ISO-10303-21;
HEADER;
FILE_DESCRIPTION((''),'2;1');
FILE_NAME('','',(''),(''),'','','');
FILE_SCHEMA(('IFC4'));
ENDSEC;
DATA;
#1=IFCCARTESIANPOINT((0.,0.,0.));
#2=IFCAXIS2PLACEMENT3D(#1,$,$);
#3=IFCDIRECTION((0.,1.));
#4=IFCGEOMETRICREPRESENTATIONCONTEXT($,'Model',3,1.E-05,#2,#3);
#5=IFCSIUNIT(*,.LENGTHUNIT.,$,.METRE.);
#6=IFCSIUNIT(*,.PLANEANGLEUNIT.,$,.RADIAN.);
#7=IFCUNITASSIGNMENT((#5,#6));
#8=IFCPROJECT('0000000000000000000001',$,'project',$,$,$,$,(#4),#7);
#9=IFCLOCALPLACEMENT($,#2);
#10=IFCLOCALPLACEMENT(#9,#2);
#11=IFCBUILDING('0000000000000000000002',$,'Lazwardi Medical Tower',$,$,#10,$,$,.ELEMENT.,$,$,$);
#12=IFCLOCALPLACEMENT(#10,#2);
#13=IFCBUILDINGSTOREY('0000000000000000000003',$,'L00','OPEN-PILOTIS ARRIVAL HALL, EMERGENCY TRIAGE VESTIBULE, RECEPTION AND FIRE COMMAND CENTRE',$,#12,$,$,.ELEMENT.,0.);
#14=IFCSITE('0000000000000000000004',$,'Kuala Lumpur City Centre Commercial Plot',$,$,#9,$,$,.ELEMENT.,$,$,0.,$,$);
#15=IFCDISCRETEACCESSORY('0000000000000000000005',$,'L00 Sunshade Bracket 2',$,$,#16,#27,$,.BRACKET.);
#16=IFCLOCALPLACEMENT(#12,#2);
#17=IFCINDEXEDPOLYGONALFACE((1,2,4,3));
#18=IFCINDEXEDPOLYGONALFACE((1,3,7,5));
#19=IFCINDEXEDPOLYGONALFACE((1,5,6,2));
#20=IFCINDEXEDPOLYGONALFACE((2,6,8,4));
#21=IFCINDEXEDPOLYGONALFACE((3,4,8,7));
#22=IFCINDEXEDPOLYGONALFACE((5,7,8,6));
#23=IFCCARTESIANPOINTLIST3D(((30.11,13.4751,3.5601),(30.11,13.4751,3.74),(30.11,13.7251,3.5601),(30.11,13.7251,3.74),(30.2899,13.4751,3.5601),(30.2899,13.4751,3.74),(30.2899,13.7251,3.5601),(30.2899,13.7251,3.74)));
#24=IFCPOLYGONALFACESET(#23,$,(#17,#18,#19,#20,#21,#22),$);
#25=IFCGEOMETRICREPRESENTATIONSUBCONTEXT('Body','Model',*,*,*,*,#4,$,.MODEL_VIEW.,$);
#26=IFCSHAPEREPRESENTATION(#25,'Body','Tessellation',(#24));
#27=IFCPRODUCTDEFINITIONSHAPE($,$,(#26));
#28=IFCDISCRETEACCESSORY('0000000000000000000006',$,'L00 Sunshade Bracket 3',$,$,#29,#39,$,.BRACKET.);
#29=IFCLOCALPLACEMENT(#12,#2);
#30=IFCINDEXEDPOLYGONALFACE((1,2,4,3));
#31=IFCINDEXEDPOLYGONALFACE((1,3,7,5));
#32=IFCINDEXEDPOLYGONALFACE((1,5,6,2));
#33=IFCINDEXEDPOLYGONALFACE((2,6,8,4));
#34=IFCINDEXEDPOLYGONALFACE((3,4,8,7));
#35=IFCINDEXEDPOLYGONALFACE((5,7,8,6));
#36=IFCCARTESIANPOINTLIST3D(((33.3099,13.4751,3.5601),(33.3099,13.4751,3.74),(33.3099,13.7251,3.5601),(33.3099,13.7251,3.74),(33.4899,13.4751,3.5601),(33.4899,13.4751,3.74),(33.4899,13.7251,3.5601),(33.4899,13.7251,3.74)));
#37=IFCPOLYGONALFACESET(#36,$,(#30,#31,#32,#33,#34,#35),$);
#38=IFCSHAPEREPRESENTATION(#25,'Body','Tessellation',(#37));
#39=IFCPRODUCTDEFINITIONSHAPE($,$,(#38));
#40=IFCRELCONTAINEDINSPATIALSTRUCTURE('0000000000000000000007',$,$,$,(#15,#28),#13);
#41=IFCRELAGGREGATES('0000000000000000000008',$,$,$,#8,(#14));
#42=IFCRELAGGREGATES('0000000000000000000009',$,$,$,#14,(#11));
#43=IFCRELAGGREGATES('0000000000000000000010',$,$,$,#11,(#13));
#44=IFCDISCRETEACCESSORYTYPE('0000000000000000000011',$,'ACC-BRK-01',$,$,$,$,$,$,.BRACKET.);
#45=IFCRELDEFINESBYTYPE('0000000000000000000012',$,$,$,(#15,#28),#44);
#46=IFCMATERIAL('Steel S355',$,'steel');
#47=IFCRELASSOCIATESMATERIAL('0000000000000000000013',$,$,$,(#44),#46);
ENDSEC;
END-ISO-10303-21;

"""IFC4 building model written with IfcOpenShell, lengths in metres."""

from ifc_helpers import new_model, si_unit, direction, frame, origin, origin_2d, place, context, subcontext, project, spatial, rectangle, extrude, material, type_object, element, save


model = new_model("IFC4")

# Units and contexts
model_context = context("Model", 3, precision=1e-05, world=origin(), true_north=direction((0.0, 1.0)))
body_context = subcontext(model_context, "Body", "Model", "MODEL_VIEW")
ifc_project = project(units=[si_unit("LENGTHUNIT", "METRE"), si_unit("PLANEANGLEUNIT", "RADIAN")], contexts=[model_context])

# Site, building, storey
site_placement = place(None, origin())
site = spatial("IfcSite", under=ifc_project, at=site_placement, Name="Kuala Lumpur City Centre Commercial Plot", CompositionType="ELEMENT", RefElevation=0.0)
building_placement = place(site_placement, origin())
building = spatial("IfcBuilding", under=site, at=building_placement, Name="Lazwardi Medical Tower", CompositionType="ELEMENT")
storey_placement = place(building_placement, origin())
storey = spatial("IfcBuildingStorey", under=building, at=storey_placement, Name="L00", Description="OPEN-PILOTIS ARRIVAL HALL, EMERGENCY TRIAGE VESTIBULE, RECEPTION AND FIRE COMMAND CENTRE", CompositionType="ELEMENT", Elevation=0.0)

# Discrete accessories
ifc_material_1 = material(Name="Steel S355", Category="steel")
discrete_accessory_type = type_object("IfcDiscreteAccessoryType", Name="ACC-BRK-01", PredefinedType="BRACKET", material=ifc_material_1)
for number, where, z_axis, x_axis, name in (
    (1, (30.2, 13.6001, 3.5601), (0.0, 0.0, 1.0), (1.0, 0.0, 0.0), "L00 Sunshade Bracket 2"),
    (2, (33.3999, 13.6001, 3.5601), (0.0, 0.0, 1.0), (1.0, 0.0, 0.0), "L00 Sunshade Bracket 3"),
):
    element("IfcDiscreteAccessory", number, at=place(storey_placement, frame(where, z_axis=z_axis, x_axis=x_axis)), inside=storey, type_object=discrete_accessory_type, Name=name, PredefinedType="BRACKET", context=body_context, shape_type="SweptSolid", body=[
        extrude(rectangle(XDim=0.1799, YDim=0.25, at=origin_2d()), origin(), (0.0, 0.0, 1.0), 0.1799),
    ])

save(model, "model.ifc")
